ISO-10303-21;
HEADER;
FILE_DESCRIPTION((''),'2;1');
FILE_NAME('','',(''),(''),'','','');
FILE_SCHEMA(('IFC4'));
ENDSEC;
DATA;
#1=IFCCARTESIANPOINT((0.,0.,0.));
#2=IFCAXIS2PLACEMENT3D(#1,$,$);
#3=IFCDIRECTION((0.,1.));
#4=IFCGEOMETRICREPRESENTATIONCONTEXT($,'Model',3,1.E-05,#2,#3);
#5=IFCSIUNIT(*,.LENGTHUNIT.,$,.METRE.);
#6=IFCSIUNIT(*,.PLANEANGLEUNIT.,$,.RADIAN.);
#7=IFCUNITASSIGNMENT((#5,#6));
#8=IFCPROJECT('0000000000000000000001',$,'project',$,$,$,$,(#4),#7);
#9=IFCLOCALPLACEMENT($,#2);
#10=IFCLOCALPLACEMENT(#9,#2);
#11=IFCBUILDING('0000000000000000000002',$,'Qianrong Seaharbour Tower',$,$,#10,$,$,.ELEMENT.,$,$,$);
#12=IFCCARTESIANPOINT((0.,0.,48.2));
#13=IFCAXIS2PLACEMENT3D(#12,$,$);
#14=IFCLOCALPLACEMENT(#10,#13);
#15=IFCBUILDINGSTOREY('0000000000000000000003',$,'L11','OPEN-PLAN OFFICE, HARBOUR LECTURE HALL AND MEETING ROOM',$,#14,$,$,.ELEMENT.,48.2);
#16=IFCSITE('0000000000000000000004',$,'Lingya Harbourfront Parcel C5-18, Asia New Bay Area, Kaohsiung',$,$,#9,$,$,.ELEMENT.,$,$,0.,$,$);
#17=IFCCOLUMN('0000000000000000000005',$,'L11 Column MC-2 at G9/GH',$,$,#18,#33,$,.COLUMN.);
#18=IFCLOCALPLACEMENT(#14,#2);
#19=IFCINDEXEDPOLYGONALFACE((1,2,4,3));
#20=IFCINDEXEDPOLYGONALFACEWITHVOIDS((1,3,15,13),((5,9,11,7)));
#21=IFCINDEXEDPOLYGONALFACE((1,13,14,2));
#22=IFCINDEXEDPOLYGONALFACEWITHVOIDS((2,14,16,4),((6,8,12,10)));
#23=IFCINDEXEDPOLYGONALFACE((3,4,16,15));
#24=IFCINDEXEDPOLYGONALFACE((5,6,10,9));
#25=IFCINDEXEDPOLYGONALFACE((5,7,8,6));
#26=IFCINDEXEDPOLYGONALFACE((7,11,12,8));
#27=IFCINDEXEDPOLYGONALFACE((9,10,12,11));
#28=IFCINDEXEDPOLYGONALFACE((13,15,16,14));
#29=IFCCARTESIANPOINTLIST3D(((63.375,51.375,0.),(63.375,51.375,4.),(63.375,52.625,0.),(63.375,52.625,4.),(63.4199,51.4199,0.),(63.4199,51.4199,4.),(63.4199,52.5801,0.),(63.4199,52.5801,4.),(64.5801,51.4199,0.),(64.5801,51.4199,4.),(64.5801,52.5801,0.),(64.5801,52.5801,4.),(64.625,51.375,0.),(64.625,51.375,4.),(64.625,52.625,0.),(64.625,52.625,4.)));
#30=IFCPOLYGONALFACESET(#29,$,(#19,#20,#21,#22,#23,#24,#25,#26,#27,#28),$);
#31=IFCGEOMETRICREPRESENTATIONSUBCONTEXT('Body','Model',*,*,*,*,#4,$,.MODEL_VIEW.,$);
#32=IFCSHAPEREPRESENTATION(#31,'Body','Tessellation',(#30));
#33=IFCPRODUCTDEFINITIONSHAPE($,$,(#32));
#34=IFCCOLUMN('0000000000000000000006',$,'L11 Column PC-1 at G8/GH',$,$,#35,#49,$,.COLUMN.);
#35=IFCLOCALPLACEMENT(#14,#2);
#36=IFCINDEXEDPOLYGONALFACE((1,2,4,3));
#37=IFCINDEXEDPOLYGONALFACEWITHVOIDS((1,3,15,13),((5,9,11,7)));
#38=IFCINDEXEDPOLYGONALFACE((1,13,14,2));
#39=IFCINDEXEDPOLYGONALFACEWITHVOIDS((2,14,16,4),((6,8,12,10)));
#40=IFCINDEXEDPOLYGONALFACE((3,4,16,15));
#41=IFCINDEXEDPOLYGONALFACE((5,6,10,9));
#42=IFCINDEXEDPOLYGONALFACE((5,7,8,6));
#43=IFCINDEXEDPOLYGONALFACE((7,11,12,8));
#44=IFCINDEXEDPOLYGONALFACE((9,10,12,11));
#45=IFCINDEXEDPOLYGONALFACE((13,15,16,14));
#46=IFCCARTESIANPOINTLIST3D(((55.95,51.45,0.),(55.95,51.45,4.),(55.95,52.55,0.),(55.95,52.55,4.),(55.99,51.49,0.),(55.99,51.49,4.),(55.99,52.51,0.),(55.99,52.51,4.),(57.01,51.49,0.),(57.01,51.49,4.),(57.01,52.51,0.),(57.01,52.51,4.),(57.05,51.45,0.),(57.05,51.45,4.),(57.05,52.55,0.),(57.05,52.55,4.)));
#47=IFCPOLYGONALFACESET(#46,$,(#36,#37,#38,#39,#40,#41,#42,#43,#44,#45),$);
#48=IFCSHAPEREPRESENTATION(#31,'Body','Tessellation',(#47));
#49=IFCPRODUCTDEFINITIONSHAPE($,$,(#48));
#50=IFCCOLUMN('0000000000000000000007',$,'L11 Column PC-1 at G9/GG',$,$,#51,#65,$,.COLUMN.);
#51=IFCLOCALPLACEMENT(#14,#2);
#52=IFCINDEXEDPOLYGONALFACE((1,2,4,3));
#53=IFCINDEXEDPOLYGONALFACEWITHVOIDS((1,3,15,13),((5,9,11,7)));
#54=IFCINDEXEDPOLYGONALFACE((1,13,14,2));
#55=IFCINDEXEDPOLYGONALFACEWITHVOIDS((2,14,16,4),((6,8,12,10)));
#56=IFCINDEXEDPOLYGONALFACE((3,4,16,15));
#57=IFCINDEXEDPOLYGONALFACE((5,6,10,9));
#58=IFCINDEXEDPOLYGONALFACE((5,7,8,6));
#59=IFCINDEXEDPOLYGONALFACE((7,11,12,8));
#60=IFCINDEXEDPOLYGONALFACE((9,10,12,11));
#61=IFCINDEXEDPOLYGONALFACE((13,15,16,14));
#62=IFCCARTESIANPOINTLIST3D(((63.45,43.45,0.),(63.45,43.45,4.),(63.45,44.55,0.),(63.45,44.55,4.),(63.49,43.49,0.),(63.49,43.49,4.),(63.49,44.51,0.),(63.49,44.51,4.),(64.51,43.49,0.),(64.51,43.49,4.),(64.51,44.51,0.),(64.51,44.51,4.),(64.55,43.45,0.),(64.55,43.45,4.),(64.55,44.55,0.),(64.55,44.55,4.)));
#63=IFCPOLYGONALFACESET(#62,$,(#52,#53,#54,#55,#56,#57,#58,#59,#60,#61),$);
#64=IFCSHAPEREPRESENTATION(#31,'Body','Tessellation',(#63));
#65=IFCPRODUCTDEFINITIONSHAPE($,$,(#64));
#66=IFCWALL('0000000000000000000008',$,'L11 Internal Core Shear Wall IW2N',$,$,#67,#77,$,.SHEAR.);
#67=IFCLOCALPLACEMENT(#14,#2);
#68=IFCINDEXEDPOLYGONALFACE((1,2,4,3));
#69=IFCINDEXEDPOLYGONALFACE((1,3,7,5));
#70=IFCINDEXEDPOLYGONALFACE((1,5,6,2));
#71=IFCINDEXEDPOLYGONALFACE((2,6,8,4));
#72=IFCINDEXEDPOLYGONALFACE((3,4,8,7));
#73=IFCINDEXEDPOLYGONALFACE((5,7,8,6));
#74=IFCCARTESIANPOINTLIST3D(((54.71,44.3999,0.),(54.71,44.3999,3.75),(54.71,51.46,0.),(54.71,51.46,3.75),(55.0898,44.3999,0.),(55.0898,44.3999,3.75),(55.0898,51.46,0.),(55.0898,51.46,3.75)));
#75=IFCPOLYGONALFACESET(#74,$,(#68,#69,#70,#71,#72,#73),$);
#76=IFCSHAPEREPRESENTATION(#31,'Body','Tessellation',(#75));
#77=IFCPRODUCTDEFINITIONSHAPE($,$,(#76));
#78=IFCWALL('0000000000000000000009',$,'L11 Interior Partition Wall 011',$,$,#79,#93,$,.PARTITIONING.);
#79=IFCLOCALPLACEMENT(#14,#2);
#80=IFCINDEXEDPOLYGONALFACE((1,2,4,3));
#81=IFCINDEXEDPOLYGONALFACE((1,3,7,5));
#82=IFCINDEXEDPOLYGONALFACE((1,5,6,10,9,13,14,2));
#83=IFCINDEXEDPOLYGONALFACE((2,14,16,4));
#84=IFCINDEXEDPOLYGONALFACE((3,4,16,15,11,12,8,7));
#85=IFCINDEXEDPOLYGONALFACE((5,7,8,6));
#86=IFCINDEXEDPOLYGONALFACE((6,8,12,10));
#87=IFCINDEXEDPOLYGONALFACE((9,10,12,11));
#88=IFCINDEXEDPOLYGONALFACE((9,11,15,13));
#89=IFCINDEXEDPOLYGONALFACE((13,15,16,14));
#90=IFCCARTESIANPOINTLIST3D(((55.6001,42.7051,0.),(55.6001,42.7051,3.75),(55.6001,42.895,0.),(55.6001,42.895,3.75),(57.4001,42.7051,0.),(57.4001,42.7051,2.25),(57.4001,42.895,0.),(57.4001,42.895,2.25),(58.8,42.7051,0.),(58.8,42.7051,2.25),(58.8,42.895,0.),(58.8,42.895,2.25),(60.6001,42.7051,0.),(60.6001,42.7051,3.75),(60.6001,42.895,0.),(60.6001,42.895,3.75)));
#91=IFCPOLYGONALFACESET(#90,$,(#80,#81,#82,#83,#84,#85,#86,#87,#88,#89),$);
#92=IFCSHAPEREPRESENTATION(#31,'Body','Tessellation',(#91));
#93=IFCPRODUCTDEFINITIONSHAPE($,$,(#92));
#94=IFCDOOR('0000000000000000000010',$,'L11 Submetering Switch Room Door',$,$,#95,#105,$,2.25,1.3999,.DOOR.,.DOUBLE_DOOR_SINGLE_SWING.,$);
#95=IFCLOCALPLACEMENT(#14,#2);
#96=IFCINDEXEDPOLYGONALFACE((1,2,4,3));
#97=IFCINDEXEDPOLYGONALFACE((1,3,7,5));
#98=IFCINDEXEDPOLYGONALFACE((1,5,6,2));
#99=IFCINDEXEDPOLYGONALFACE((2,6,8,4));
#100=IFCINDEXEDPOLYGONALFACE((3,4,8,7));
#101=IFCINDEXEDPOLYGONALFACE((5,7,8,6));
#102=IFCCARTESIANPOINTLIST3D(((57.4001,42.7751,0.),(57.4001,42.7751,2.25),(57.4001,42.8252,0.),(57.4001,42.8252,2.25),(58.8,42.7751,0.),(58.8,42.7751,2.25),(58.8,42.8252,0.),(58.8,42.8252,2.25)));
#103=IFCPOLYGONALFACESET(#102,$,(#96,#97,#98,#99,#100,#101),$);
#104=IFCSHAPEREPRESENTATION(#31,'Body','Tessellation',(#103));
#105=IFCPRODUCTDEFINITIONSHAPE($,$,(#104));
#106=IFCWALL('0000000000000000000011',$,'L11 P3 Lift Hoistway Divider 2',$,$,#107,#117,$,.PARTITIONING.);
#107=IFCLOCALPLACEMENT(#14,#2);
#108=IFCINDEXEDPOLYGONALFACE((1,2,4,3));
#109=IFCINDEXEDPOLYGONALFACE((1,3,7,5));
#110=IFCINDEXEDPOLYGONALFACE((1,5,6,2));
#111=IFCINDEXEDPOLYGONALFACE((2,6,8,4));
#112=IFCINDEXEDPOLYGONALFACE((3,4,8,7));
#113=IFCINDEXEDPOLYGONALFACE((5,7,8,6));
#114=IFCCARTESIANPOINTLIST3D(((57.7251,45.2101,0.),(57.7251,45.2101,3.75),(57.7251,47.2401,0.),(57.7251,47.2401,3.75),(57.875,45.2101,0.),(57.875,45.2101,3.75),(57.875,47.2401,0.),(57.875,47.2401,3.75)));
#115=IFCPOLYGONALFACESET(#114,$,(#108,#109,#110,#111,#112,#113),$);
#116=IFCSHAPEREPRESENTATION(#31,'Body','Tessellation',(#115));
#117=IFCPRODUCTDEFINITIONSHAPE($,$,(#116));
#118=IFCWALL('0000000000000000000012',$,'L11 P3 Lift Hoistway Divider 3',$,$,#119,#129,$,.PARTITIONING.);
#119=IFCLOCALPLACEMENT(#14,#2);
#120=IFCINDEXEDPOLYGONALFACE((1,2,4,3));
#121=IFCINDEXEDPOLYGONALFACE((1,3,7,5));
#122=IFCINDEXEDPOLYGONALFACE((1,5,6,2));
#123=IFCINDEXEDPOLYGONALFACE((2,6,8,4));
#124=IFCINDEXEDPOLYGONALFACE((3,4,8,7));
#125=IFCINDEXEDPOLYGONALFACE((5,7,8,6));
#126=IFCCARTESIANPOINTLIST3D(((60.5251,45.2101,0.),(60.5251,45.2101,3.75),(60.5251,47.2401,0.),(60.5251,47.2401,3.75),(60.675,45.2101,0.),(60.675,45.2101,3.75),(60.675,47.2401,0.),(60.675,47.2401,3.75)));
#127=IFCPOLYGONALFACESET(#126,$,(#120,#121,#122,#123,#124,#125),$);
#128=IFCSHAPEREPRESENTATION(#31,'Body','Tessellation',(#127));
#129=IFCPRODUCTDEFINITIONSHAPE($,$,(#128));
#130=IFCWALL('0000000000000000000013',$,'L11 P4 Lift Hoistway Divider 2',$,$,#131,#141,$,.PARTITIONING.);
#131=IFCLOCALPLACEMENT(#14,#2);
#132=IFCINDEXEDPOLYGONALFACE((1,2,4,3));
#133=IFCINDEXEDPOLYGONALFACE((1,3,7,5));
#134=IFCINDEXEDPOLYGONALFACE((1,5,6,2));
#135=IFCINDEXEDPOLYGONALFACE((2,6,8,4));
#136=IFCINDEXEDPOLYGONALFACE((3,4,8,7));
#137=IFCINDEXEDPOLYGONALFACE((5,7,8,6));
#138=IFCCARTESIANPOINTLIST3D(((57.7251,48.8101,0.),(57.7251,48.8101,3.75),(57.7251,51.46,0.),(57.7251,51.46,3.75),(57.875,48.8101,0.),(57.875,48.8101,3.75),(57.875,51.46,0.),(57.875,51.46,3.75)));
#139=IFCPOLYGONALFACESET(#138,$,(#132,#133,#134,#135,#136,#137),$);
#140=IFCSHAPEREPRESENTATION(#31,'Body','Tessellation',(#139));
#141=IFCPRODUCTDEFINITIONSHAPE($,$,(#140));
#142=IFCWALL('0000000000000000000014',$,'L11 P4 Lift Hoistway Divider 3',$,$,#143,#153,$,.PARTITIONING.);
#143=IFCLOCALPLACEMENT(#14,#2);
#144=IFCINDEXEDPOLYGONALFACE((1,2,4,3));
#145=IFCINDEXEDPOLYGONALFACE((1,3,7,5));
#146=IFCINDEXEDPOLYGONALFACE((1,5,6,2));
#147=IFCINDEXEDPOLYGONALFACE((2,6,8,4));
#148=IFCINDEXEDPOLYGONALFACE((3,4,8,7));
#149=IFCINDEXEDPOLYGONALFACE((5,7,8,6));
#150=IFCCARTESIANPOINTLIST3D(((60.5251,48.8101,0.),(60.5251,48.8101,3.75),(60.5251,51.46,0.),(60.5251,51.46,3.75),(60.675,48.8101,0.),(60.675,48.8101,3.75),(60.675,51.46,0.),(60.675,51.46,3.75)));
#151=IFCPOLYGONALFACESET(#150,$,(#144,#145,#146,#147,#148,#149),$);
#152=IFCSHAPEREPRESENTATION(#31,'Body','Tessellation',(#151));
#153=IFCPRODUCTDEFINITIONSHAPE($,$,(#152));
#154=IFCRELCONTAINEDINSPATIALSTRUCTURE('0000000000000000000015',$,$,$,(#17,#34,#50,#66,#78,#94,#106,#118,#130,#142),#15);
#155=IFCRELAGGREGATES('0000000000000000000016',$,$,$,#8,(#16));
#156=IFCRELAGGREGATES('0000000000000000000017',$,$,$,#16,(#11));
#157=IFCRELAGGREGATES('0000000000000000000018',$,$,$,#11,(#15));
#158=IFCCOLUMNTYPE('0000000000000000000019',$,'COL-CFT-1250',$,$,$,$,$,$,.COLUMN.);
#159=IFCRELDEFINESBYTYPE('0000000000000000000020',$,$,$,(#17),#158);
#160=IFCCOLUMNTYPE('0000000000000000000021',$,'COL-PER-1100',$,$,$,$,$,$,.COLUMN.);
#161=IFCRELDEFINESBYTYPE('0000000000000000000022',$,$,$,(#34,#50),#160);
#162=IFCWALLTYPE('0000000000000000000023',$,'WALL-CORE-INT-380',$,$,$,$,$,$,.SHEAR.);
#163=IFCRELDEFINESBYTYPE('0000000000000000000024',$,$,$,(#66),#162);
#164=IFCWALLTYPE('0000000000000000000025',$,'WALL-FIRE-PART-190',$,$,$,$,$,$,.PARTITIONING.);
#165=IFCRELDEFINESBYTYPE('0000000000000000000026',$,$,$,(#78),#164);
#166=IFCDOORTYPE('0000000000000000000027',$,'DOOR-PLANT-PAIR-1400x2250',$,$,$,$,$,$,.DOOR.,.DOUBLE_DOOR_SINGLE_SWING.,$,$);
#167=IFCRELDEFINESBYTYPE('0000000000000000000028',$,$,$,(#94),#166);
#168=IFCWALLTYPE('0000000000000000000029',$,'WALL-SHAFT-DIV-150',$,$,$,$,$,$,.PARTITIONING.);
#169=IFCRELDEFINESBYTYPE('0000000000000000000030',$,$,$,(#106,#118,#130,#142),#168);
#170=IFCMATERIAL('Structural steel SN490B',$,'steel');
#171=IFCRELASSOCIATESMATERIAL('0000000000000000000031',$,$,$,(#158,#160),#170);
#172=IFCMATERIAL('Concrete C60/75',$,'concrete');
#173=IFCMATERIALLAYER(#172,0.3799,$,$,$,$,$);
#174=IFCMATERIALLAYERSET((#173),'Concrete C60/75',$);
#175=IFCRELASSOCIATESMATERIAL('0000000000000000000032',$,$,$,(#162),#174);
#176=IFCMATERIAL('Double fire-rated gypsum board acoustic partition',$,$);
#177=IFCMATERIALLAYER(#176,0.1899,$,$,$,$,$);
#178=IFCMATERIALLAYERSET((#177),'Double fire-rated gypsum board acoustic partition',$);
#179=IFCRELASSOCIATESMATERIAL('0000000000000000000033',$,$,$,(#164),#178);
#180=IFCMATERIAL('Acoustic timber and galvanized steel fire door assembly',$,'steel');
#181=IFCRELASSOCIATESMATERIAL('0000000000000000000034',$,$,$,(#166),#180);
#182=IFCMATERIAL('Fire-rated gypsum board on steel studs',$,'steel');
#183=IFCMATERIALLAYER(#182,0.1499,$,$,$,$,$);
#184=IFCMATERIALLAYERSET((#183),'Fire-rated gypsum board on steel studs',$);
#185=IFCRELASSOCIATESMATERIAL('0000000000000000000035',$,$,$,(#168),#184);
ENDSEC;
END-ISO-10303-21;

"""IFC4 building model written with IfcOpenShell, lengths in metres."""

from ifc_helpers import new_model, si_unit, direction, frame, frame_2d, origin, origin_2d, place, context, subcontext, project, spatial, rectangle, hollow_rectangle, extrude, material, layer, layer_set, material_profile, profile_set, type_object, element, fill, save


model = new_model("IFC4")

# Units and contexts
model_context = context("Model", 3, precision=1e-05, world=origin(), true_north=direction((0.0, 1.0)))
body_context = subcontext(model_context, "Body", "Model", "MODEL_VIEW")
ifc_project = project(units=[si_unit("LENGTHUNIT", "METRE"), si_unit("PLANEANGLEUNIT", "RADIAN")], contexts=[model_context])

# Site, building, storey
site_placement = place(None, origin())
site = spatial("IfcSite", under=ifc_project, at=site_placement, Name="Lingya Harbourfront Parcel C5-18, Asia New Bay Area, Kaohsiung", CompositionType="ELEMENT", RefElevation=0.0)
building_placement = place(site_placement, origin())
building = spatial("IfcBuilding", under=site, at=building_placement, Name="Qianrong Seaharbour Tower", CompositionType="ELEMENT")
storey_placement = place(building_placement, frame((0.0, 0.0, 48.2)))
storey = spatial("IfcBuildingStorey", under=building, at=storey_placement, Name="L11", Description="OPEN-PLAN OFFICE, HARBOUR LECTURE HALL AND MEETING ROOM", CompositionType="ELEMENT", Elevation=48.2)

# Columns
ifc_material_1 = material(Name="Structural steel SN490B", Category="steel")
ifc_material_profile_1 = material_profile(ifc_material_1, hollow_rectangle(XDim=1.25, YDim=1.25, WallThickness=0.0449, at=origin_2d()), Name="BOX1250x1250x45")
ifc_profile_set_1 = profile_set([ifc_material_profile_1], Name="Structural steel SN490B")
column_type_1 = type_object("IfcColumnType", Name="COL-CFT-1250", PredefinedType="COLUMN", material=ifc_profile_set_1)
column_placement = place(storey_placement, frame((64.0, 52.0, 0.0), z_axis=(0.0, 0.0, 1.0), x_axis=(1.0, 0.0, 0.0)))
element("IfcColumn", 1, at=column_placement, inside=storey, type_object=column_type_1, Name="L11 Column MC-2 at G9/GH", PredefinedType="COLUMN", context=body_context, shape_type="SweptSolid", body=[
    extrude(hollow_rectangle(XDim=1.25, YDim=1.25, WallThickness=0.0449, at=origin_2d()), origin(), (0.0, 0.0, 1.0), 4.0),
])
ifc_material_profile_2 = material_profile(ifc_material_1, hollow_rectangle(XDim=1.1001, YDim=1.1001, WallThickness=0.04, at=origin_2d()), Name="BOX1100x1100x40")
ifc_profile_set_2 = profile_set([ifc_material_profile_2], Name="Structural steel SN490B")
column_type_2 = type_object("IfcColumnType", Name="COL-PER-1100", PredefinedType="COLUMN", material=ifc_profile_set_2)
for number, where, z_axis, x_axis, name in (
    (2, (56.5, 52.0, 0.0), (0.0, 0.0, 1.0), (1.0, 0.0, 0.0), "L11 Column PC-1 at G8/GH"),
    (3, (64.0, 44.0, 0.0), (0.0, 0.0, 1.0), (1.0, 0.0, 0.0), "L11 Column PC-1 at G9/GG"),
):
    element("IfcColumn", number, at=place(storey_placement, frame(where, z_axis=z_axis, x_axis=x_axis)), inside=storey, type_object=column_type_2, Name=name, PredefinedType="COLUMN", context=body_context, shape_type="SweptSolid", body=[
        extrude(hollow_rectangle(XDim=1.1001, YDim=1.1001, WallThickness=0.04, at=origin_2d()), origin(), (0.0, 0.0, 1.0), 4.0),
    ])

# Wall
ifc_material_2 = material(Name="Concrete C60/75", Category="concrete")
ifc_layer_1 = layer(ifc_material_2, 0.3799)
ifc_layer_set_1 = layer_set([ifc_layer_1], Name="Concrete C60/75")
wall_type_1 = type_object("IfcWallType", Name="WALL-CORE-INT-380", PredefinedType="SHEAR", material=ifc_layer_set_1)
wall_1_placement = place(storey_placement, frame((54.8999, 44.3999, 0.0), z_axis=(0.0, 0.0, 1.0), x_axis=(0.0, 1.0, 0.0)))
element("IfcWall", 4, at=wall_1_placement, inside=storey, type_object=wall_type_1, Name="L11 Internal Core Shear Wall IW2N", PredefinedType="SHEAR", context=body_context, shape_type="SweptSolid", body=[
    extrude(rectangle(XDim=7.0601, YDim=0.3799, at=frame_2d((3.53, 0.0))), origin(), (0.0, 0.0, 1.0), 3.75),
])

# Wall, opening, door
ifc_material_3 = material(Name="Acoustic timber and galvanized steel fire door assembly", Category="steel")
ifc_material_4 = material(Name="Double fire-rated gypsum board acoustic partition")
ifc_layer_2 = layer(ifc_material_4, 0.1899)
ifc_layer_set_2 = layer_set([ifc_layer_2], Name="Double fire-rated gypsum board acoustic partition")
wall_type_2 = type_object("IfcWallType", Name="WALL-FIRE-PART-190", PredefinedType="PARTITIONING", material=ifc_layer_set_2)
wall_2_placement = place(storey_placement, frame((60.6001, 42.8, 0.0), z_axis=(0.0, 0.0, 1.0), x_axis=(-1.0, 0.0, 0.0)))
wall_2 = element("IfcWall", 5, at=wall_2_placement, inside=storey, type_object=wall_type_2, Name="L11 Interior Partition Wall 011", PredefinedType="PARTITIONING", context=body_context, shape_type="SweptSolid", body=[
    extrude(rectangle(XDim=5.0, YDim=0.1899, at=frame_2d((2.5, 0.0))), origin(), (0.0, 0.0, 1.0), 3.75),
])
opening_1_placement = place(wall_2_placement, frame((1.8, 0.0, 0.0)))
opening_1 = element("IfcOpeningElement", 6, at=opening_1_placement, cuts=wall_2, PredefinedType="OPENING", context=body_context, shape_type="SweptSolid", body=[
    extrude(rectangle(XDim=1.3999, YDim=2.25, at=frame_2d((0.7, 1.125))), frame((0.0, 0.105, 0.0), z_axis=(0.0, -1.0, 0.0), x_axis=(1.0, 0.0, 0.0)), (0.0, 0.0, 1.0), 0.21),
])
door_type_1 = type_object("IfcDoorType", Name="DOOR-PLANT-PAIR-1400x2250", OperationType="DOUBLE_DOOR_SINGLE_SWING", PredefinedType="DOOR", material=ifc_material_3)
door_1_placement = place(opening_1_placement, origin())
door_1 = element("IfcDoor", 7, at=door_1_placement, inside=storey, type_object=door_type_1, Name="L11 Submetering Switch Room Door", OperationType="DOUBLE_DOOR_SINGLE_SWING", OverallHeight=2.25, OverallWidth=1.3999, PredefinedType="DOOR", context=body_context, shape_type="SweptSolid", body=[
    extrude(rectangle(XDim=1.3999, YDim=2.25, at=frame_2d((0.7, 1.125))), frame((0.0, 0.0249, 0.0), z_axis=(0.0, -1.0, 0.0), x_axis=(1.0, 0.0, 0.0)), (0.0, 0.0, 1.0), 0.05),
])
fill(opening_1, door_1)

# Walls
ifc_material_5 = material(Name="Fire-rated gypsum board on steel studs", Category="steel")
ifc_layer_3 = layer(ifc_material_5, 0.1499)
ifc_layer_set_3 = layer_set([ifc_layer_3], Name="Fire-rated gypsum board on steel studs")
wall_type_3 = type_object("IfcWallType", Name="WALL-SHAFT-DIV-150", PredefinedType="PARTITIONING", material=ifc_layer_set_3)
for number, where, z_axis, x_axis, name in (
    (8, (57.8, 45.21, 0.0), (0.0, 0.0, 1.0), (0.0, 1.0, 0.0), "L11 P3 Lift Hoistway Divider 2"),
    (9, (60.6001, 45.21, 0.0), (0.0, 0.0, 1.0), (0.0, 1.0, 0.0), "L11 P3 Lift Hoistway Divider 3"),
):
    element("IfcWall", number, at=place(storey_placement, frame(where, z_axis=z_axis, x_axis=x_axis)), inside=storey, type_object=wall_type_3, Name=name, PredefinedType="PARTITIONING", context=body_context, shape_type="SweptSolid", body=[
        extrude(rectangle(XDim=2.03, YDim=0.1499, at=frame_2d((1.0151, 0.0))), origin(), (0.0, 0.0, 1.0), 3.75),
    ])
for number, where, z_axis, x_axis, name in (
    (10, (57.8, 48.8101, 0.0), (0.0, 0.0, 1.0), (0.0, 1.0, 0.0), "L11 P4 Lift Hoistway Divider 2"),
    (11, (60.6001, 48.8101, 0.0), (0.0, 0.0, 1.0), (0.0, 1.0, 0.0), "L11 P4 Lift Hoistway Divider 3"),
):
    element("IfcWall", number, at=place(storey_placement, frame(where, z_axis=z_axis, x_axis=x_axis)), inside=storey, type_object=wall_type_3, Name=name, PredefinedType="PARTITIONING", context=body_context, shape_type="SweptSolid", body=[
        extrude(rectangle(XDim=2.6499, YDim=0.1499, at=frame_2d((1.325, 0.0))), origin(), (0.0, 0.0, 1.0), 3.75),
    ])

save(model, "model.ifc")
